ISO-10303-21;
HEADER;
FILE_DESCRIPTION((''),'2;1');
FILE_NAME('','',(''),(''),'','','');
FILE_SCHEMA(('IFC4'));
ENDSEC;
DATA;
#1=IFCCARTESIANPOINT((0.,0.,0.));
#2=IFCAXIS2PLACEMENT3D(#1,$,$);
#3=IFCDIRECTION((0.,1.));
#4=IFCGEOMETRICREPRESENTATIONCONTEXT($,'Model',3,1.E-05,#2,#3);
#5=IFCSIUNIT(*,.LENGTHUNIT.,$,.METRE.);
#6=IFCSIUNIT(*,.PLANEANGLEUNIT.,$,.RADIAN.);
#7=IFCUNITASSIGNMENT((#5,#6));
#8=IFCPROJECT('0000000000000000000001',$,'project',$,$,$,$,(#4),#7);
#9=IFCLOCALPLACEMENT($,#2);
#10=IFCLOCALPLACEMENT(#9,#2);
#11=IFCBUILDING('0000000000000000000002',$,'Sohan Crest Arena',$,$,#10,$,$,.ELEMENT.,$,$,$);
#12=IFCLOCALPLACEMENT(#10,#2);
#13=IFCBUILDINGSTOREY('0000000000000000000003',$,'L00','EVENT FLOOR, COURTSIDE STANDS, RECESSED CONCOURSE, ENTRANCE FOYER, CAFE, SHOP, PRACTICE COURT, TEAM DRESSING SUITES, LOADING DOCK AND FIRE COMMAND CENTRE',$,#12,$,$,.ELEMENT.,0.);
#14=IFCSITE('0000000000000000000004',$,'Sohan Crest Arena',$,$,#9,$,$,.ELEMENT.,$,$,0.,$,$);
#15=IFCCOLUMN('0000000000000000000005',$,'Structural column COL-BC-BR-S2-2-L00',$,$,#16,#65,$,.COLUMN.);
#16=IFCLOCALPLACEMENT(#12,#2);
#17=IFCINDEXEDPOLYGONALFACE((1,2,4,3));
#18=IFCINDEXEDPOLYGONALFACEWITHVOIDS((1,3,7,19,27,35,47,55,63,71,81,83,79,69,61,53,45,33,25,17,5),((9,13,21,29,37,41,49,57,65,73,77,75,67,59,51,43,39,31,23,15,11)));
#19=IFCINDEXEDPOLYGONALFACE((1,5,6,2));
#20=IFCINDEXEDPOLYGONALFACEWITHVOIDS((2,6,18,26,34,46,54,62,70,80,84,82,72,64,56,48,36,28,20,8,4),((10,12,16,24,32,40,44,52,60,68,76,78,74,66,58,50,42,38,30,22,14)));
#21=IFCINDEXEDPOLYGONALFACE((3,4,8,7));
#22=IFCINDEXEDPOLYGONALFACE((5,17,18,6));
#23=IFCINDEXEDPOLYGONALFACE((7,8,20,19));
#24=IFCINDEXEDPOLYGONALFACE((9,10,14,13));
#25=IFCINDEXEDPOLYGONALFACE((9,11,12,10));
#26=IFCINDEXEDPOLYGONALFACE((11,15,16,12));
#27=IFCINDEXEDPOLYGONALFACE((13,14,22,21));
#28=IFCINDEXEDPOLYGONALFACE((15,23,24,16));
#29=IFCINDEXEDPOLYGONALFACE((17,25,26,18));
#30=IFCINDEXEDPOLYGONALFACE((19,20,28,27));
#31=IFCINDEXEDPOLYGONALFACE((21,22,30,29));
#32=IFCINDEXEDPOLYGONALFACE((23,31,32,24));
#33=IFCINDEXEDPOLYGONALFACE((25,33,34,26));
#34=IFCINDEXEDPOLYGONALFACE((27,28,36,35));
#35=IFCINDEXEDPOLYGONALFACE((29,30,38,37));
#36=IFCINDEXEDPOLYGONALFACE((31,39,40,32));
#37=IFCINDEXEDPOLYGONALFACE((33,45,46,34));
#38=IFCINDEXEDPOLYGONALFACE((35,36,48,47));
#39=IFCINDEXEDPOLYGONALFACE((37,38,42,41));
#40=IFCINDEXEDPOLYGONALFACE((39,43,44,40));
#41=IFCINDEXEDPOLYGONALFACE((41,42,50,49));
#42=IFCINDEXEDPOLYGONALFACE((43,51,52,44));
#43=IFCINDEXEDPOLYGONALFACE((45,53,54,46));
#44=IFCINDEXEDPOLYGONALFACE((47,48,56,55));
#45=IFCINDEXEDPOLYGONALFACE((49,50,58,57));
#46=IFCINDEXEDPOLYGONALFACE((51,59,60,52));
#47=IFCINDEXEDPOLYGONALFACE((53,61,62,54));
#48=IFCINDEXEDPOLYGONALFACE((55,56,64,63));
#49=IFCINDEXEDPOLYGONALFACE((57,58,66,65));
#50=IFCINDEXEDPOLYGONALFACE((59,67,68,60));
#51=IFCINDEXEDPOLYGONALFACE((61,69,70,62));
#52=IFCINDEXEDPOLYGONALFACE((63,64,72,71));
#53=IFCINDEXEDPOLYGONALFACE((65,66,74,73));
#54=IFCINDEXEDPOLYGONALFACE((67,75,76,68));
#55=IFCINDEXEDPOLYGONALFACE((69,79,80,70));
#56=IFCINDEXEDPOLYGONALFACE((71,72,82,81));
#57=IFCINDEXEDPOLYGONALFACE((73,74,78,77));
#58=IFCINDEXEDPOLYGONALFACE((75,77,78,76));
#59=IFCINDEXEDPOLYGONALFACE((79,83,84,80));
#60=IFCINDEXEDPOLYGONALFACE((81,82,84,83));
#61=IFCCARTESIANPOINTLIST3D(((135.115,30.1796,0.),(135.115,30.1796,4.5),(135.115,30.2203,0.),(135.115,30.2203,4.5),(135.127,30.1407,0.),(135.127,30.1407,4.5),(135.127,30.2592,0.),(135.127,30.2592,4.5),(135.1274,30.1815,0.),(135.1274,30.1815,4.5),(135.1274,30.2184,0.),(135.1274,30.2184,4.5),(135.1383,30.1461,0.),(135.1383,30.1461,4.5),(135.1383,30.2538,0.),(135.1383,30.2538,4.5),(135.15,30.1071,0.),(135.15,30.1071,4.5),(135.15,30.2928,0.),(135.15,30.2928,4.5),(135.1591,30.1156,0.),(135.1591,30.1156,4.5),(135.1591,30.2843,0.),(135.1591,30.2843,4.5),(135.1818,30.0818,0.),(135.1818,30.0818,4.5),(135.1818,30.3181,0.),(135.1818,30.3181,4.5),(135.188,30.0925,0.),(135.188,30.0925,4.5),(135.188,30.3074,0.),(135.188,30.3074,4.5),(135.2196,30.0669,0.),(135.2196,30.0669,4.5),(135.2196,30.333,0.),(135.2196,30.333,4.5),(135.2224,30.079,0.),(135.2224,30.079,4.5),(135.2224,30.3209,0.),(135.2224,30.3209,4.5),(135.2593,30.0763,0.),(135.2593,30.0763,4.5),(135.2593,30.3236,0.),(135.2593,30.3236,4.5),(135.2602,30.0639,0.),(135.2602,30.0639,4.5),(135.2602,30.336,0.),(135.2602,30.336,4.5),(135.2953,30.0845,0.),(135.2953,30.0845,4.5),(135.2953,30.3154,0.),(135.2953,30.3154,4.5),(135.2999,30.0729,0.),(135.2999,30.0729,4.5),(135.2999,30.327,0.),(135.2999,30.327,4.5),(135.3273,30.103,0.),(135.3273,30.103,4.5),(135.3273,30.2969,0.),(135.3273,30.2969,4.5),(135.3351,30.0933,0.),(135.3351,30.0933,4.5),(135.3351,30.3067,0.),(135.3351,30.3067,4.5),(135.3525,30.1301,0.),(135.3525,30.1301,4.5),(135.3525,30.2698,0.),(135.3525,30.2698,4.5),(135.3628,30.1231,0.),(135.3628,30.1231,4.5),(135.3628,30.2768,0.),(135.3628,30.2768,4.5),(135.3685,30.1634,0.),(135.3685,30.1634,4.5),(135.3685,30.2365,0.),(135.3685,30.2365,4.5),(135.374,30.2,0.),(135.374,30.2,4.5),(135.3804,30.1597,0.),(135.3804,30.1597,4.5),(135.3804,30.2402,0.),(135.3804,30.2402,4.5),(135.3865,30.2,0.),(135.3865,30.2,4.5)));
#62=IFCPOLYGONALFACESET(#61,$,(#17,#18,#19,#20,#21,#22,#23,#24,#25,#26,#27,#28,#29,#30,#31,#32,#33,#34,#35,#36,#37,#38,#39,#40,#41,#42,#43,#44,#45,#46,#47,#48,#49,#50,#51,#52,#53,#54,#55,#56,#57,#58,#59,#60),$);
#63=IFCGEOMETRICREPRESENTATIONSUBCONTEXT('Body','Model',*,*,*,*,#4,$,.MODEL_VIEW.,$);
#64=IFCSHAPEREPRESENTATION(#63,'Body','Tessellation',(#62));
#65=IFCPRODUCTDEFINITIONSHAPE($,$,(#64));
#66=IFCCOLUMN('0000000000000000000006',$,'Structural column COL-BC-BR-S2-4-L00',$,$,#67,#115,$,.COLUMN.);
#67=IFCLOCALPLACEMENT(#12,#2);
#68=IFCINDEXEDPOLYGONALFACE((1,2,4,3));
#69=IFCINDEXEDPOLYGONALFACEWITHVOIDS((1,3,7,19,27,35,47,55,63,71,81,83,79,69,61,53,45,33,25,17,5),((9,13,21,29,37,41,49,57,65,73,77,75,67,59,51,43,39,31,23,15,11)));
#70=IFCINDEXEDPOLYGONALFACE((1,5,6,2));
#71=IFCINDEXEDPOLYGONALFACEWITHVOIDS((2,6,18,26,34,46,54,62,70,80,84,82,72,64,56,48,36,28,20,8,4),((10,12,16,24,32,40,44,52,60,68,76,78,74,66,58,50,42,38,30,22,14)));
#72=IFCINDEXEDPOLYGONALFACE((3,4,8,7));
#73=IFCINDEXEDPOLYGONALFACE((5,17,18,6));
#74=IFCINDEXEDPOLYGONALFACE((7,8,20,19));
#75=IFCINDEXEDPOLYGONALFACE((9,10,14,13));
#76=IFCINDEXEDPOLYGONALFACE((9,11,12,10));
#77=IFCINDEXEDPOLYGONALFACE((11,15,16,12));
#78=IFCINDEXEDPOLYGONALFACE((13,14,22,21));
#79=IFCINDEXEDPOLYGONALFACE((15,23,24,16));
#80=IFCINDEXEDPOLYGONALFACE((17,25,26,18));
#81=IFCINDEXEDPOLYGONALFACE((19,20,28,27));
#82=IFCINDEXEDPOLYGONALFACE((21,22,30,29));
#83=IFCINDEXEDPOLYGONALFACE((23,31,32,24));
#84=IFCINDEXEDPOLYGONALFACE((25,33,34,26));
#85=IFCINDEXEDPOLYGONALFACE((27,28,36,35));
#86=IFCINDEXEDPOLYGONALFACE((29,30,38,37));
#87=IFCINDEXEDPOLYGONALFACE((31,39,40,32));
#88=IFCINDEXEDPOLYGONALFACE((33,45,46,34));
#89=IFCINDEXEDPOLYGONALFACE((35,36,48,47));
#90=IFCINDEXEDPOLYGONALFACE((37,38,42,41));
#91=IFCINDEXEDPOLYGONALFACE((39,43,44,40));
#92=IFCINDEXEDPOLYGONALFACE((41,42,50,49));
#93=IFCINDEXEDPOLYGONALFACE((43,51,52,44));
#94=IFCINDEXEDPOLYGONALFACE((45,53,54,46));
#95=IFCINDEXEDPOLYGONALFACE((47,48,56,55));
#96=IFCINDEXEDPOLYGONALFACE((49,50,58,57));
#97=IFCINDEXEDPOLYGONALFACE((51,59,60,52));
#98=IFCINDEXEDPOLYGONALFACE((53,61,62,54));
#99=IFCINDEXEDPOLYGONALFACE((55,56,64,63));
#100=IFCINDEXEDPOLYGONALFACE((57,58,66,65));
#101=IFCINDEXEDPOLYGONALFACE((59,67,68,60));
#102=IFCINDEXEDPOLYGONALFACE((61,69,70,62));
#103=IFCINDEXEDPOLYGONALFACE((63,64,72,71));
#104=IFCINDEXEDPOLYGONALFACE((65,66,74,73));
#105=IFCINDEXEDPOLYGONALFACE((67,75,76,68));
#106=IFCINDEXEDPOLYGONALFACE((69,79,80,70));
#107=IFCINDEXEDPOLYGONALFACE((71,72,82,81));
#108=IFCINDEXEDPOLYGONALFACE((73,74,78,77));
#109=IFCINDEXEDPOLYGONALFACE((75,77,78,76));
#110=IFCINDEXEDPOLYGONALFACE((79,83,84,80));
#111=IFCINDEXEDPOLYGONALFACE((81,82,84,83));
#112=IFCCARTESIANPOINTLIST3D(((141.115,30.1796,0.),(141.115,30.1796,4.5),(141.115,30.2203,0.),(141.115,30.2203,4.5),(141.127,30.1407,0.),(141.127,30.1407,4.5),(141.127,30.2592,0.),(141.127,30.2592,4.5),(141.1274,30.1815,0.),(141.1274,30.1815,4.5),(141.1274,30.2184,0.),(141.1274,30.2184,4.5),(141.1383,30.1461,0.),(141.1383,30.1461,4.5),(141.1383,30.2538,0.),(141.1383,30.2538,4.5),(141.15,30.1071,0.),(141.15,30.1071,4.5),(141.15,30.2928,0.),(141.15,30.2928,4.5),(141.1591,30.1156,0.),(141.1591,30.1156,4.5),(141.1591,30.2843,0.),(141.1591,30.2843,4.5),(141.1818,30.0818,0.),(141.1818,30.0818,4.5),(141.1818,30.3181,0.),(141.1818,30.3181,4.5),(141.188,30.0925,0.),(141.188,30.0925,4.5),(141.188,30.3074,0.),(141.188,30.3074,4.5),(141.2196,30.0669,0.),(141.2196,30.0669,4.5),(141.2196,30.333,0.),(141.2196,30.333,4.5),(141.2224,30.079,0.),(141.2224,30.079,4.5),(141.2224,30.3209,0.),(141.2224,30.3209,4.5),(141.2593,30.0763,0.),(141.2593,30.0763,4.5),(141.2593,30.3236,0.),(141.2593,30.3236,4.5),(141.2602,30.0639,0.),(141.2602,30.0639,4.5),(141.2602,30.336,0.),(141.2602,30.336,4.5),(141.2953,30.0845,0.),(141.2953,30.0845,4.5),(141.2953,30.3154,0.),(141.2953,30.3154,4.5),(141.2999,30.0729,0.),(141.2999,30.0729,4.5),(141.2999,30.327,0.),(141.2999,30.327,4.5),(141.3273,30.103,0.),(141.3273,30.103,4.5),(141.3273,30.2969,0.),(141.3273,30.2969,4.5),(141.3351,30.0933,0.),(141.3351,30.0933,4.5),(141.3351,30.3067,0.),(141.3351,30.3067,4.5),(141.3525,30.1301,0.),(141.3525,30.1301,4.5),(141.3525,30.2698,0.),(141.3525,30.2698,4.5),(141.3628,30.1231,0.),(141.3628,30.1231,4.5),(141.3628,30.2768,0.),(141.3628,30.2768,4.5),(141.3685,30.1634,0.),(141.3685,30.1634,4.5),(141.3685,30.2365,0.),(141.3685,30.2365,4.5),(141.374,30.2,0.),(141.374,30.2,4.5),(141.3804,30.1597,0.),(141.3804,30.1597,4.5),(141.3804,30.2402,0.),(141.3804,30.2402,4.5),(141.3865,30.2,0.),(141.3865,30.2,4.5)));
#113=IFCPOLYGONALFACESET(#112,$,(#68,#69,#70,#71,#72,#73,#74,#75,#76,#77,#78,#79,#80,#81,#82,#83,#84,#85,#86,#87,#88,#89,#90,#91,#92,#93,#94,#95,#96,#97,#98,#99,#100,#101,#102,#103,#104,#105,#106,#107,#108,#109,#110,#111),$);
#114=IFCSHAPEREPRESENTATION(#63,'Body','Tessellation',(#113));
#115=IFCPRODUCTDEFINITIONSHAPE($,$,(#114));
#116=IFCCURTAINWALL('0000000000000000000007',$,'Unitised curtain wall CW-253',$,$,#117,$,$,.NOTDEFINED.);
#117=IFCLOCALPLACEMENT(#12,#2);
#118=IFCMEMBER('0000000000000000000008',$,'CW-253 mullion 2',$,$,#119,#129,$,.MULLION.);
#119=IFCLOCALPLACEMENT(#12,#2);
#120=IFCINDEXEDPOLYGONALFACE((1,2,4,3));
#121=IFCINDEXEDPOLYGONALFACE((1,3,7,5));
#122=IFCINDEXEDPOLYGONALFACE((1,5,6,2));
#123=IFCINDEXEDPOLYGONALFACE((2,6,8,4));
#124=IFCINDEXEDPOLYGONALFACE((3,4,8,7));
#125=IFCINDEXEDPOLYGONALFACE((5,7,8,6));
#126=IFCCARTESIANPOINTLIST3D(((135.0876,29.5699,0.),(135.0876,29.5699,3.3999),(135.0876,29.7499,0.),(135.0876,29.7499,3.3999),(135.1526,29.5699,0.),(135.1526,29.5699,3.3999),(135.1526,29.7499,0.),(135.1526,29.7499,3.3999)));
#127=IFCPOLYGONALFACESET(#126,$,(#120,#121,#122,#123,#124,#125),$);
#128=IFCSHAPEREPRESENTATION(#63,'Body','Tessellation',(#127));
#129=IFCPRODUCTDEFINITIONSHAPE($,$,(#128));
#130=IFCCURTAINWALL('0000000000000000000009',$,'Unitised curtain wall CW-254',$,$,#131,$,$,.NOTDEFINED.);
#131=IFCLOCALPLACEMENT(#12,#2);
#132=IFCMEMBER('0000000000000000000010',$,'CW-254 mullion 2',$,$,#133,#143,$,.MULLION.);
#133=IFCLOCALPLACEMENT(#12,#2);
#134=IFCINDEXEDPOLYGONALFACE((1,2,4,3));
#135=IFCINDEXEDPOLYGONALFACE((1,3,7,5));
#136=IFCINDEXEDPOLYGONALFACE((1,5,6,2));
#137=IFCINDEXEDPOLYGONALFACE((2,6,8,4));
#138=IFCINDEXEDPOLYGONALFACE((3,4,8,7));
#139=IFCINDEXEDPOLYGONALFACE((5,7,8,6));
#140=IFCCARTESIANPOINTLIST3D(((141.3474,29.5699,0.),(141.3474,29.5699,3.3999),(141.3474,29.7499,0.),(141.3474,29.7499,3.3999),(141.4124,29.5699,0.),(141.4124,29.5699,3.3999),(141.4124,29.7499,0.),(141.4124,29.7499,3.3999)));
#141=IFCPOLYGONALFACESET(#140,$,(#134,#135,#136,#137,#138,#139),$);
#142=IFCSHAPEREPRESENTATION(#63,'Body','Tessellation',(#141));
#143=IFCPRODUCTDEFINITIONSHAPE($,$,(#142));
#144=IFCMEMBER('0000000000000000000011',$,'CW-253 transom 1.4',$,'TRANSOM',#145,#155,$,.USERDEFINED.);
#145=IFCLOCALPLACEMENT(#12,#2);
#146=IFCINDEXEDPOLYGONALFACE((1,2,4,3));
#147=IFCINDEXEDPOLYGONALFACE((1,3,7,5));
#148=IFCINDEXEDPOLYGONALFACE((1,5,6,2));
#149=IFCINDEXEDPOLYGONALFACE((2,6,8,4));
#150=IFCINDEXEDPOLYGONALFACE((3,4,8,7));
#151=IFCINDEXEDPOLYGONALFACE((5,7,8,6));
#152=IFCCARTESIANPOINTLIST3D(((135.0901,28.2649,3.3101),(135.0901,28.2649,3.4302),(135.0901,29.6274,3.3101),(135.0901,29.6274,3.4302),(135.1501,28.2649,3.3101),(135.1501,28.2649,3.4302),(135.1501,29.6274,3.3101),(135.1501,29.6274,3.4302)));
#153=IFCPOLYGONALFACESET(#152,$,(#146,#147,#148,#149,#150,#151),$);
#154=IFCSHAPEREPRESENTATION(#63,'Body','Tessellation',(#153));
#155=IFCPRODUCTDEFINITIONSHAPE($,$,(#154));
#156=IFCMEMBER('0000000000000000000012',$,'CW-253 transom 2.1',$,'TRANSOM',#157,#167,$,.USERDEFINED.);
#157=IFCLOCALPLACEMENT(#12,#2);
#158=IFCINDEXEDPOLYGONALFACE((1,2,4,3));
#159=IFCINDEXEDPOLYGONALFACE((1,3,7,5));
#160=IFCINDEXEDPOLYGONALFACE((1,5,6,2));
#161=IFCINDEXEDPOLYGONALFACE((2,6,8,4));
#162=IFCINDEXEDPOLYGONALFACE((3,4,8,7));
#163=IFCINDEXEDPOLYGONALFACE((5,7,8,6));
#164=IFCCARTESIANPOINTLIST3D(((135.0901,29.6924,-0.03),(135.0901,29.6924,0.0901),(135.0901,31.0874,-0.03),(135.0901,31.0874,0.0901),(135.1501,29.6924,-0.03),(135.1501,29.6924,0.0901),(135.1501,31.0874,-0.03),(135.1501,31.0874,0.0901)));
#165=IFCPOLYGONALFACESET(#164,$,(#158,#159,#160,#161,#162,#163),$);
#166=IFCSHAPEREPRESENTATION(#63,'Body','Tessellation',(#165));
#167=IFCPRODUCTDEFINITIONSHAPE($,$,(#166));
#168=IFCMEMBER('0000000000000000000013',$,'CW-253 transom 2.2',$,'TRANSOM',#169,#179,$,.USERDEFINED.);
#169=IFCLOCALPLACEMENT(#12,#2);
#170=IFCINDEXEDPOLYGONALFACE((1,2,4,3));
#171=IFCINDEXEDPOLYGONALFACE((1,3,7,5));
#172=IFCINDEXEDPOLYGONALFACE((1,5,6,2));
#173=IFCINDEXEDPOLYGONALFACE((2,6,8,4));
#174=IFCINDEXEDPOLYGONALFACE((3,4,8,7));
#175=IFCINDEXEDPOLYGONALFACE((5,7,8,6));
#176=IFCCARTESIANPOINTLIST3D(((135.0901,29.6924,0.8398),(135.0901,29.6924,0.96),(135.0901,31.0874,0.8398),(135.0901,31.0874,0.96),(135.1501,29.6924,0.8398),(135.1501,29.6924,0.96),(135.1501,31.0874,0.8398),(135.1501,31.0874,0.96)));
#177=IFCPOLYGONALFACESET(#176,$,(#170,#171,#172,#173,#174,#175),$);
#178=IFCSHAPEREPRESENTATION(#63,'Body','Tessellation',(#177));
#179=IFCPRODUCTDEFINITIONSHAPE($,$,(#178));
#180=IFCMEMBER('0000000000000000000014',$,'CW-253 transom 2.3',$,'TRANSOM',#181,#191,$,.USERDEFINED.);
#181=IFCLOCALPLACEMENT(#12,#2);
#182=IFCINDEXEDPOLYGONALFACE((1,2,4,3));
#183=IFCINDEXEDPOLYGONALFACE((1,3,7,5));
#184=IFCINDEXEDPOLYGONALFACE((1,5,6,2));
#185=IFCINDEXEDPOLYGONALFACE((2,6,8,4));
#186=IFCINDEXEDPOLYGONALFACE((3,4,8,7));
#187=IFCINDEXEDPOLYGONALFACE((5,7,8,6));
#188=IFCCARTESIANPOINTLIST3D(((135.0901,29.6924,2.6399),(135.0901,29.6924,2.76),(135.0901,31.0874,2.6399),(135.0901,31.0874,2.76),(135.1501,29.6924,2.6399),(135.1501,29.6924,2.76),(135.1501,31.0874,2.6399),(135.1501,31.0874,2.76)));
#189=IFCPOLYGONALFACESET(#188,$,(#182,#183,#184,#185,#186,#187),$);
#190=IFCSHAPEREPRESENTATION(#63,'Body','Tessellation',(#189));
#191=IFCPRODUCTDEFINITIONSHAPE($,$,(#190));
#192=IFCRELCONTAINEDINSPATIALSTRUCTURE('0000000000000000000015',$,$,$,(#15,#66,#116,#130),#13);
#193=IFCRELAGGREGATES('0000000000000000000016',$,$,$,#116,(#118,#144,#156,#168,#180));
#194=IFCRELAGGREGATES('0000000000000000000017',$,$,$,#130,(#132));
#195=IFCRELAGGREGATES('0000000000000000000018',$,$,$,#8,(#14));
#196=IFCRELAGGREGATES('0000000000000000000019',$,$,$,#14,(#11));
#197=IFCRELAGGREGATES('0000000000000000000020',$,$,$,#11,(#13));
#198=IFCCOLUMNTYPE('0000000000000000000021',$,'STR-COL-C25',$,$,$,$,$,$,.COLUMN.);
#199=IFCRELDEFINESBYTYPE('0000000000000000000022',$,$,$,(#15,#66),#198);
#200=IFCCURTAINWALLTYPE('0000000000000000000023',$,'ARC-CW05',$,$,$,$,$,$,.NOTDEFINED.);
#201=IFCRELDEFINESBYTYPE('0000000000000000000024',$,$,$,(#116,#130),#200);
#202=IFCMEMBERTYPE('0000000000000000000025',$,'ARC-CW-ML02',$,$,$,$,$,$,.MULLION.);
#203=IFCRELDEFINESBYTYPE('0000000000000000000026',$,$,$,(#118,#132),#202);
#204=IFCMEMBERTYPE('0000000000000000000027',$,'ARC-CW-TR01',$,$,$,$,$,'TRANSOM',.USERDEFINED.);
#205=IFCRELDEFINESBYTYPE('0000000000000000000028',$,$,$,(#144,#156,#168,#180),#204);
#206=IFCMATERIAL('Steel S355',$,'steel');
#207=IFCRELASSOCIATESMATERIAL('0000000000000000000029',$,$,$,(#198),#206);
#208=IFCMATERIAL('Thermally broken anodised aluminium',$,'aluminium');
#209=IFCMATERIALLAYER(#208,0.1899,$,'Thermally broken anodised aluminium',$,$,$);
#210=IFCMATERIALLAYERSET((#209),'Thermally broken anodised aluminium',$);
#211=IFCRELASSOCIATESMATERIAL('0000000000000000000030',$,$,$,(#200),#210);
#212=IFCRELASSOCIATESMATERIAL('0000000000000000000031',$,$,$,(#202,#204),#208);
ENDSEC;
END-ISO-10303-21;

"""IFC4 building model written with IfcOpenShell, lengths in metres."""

from ifc_helpers import new_model, si_unit, direction, frame, origin, origin_2d, place, context, subcontext, project, spatial, rectangle, hollow_circle, extrude, material, layer, layer_set, material_profile, profile_set, type_object, element, aggregate, save


model = new_model("IFC4")

# Units and contexts
model_context = context("Model", 3, precision=1e-05, world=origin(), true_north=direction((0.0, 1.0)))
body_context = subcontext(model_context, "Body", "Model", "MODEL_VIEW")
ifc_project = project(units=[si_unit("LENGTHUNIT", "METRE"), si_unit("PLANEANGLEUNIT", "RADIAN")], contexts=[model_context])

# Site, building, storey
site_placement = place(None, origin())
site = spatial("IfcSite", under=ifc_project, at=site_placement, Name="Sohan Crest Arena", CompositionType="ELEMENT", RefElevation=0.0)
building_placement = place(site_placement, origin())
building = spatial("IfcBuilding", under=site, at=building_placement, Name="Sohan Crest Arena", CompositionType="ELEMENT")
storey_placement = place(building_placement, origin())
storey = spatial("IfcBuildingStorey", under=building, at=storey_placement, Name="L00", Description="EVENT FLOOR, COURTSIDE STANDS, RECESSED CONCOURSE, ENTRANCE FOYER, CAFE, SHOP, PRACTICE COURT, TEAM DRESSING SUITES, LOADING DOCK AND FIRE COMMAND CENTRE", CompositionType="ELEMENT", Elevation=0.0)

# Columns
ifc_material_1 = material(Name="Steel S355", Category="steel")
ifc_material_profile_1 = material_profile(ifc_material_1, hollow_circle(Radius=0.1365, WallThickness=0.0125, at=origin_2d()), Name="CHS 273x12.5")
ifc_profile_set_1 = profile_set([ifc_material_profile_1], Name="Steel S355")
column_type = type_object("IfcColumnType", Name="STR-COL-C25", PredefinedType="COLUMN", material=ifc_profile_set_1)
for number, where, z_axis, x_axis, name in (
    (1, (135.25, 30.2, 0.0), (0.0, 0.0, 1.0), (1.0, 0.0, 0.0), "Structural column COL-BC-BR-S2-2-L00"),
    (2, (141.25, 30.2, 0.0), (0.0, 0.0, 1.0), (1.0, 0.0, 0.0), "Structural column COL-BC-BR-S2-4-L00"),
):
    element("IfcColumn", number, at=place(storey_placement, frame(where, z_axis=z_axis, x_axis=x_axis)), inside=storey, type_object=column_type, Name=name, PredefinedType="COLUMN", context=body_context, shape_type="SweptSolid", body=[
        extrude(hollow_circle(Radius=0.1365, WallThickness=0.0125, at=origin_2d()), origin(), (0.0, 0.0, 1.0), 4.5),
    ])

# Curtain walls, members
ifc_material_2 = material(Name="Thermally broken anodised aluminium", Category="aluminium")
ifc_layer_1 = layer(ifc_material_2, 0.1899, Name="Thermally broken anodised aluminium")
ifc_layer_set_1 = layer_set([ifc_layer_1], Name="Thermally broken anodised aluminium")
curtain_wall_type = type_object("IfcCurtainWallType", Name="ARC-CW05", PredefinedType="NOTDEFINED", material=ifc_layer_set_1)
curtain_wall_1_placement = place(storey_placement, origin())
curtain_wall_1 = element("IfcCurtainWall", 3, at=curtain_wall_1_placement, inside=storey, type_object=curtain_wall_type, Name="Unitised curtain wall CW-253", PredefinedType="NOTDEFINED")
ifc_material_profile_2 = material_profile(ifc_material_2, rectangle(XDim=0.0649, YDim=0.1799, at=origin_2d()), Name="ALU-MULL 65x180")
ifc_profile_set_2 = profile_set([ifc_material_profile_2], Name="Thermally broken anodised aluminium")
member_type_1 = type_object("IfcMemberType", Name="ARC-CW-ML02", PredefinedType="MULLION", material=ifc_profile_set_2)
member_1_placement = place(storey_placement, frame((135.1201, 29.6599, 0.0), z_axis=(0.0, 0.0, 1.0), x_axis=(-1.0, 0.0, 0.0)))
member_1 = element("IfcMember", 4, at=member_1_placement, type_object=member_type_1, Name="CW-253 mullion 2", PredefinedType="MULLION", context=body_context, shape_type="SweptSolid", body=[
    extrude(rectangle(XDim=0.0649, YDim=0.1799, at=origin_2d()), origin(), (0.0, 0.0, 1.0), 3.3999),
])
curtain_wall_2_placement = place(storey_placement, origin())
curtain_wall_2 = element("IfcCurtainWall", 5, at=curtain_wall_2_placement, inside=storey, type_object=curtain_wall_type, Name="Unitised curtain wall CW-254", PredefinedType="NOTDEFINED")
member_2_placement = place(storey_placement, frame((141.3799, 29.6599, 0.0), z_axis=(0.0, 0.0, 1.0), x_axis=(-1.0, 0.0, 0.0)))
member_2 = element("IfcMember", 6, at=member_2_placement, type_object=member_type_1, Name="CW-254 mullion 2", PredefinedType="MULLION", context=body_context, shape_type="SweptSolid", body=[
    extrude(rectangle(XDim=0.0649, YDim=0.1799, at=origin_2d()), origin(), (0.0, 0.0, 1.0), 3.3999),
])

# Members
ifc_material_profile_3 = material_profile(ifc_material_2, rectangle(XDim=0.0601, YDim=0.1201, at=origin_2d()), Name="ALU-TRAN 60x120")
ifc_profile_set_3 = profile_set([ifc_material_profile_3], Name="Thermally broken anodised aluminium")
member_type_2 = type_object("IfcMemberType", Name="ARC-CW-TR01", ElementType="TRANSOM", PredefinedType="USERDEFINED", material=ifc_profile_set_3)
member_3_placement = place(storey_placement, frame((135.1201, 28.2649, 3.3701), z_axis=(0.0, 1.0, 0.0), x_axis=(-1.0, 0.0, 0.0)))
member_3 = element("IfcMember", 7, at=member_3_placement, type_object=member_type_2, Name="CW-253 transom 1.4", ObjectType="TRANSOM", PredefinedType="USERDEFINED", context=body_context, shape_type="SweptSolid", body=[
    extrude(rectangle(XDim=0.0601, YDim=0.1201, at=origin_2d()), origin(), (0.0, 0.0, 1.0), 1.3625),
])
member_4_placement = place(storey_placement, frame((135.1201, 29.6924, 0.03), z_axis=(0.0, 1.0, 0.0), x_axis=(-1.0, 0.0, 0.0)))
member_4 = element("IfcMember", 8, at=member_4_placement, type_object=member_type_2, Name="CW-253 transom 2.1", ObjectType="TRANSOM", PredefinedType="USERDEFINED", context=body_context, shape_type="SweptSolid", body=[
    extrude(rectangle(XDim=0.0601, YDim=0.1201, at=origin_2d()), origin(), (0.0, 0.0, 1.0), 1.395),
])
member_5_placement = place(storey_placement, frame((135.1201, 29.6924, 0.8999), z_axis=(0.0, 1.0, 0.0), x_axis=(-1.0, 0.0, 0.0)))
member_5 = element("IfcMember", 9, at=member_5_placement, type_object=member_type_2, Name="CW-253 transom 2.2", ObjectType="TRANSOM", PredefinedType="USERDEFINED", context=body_context, shape_type="SweptSolid", body=[
    extrude(rectangle(XDim=0.0601, YDim=0.1201, at=origin_2d()), origin(), (0.0, 0.0, 1.0), 1.395),
])
member_6_placement = place(storey_placement, frame((135.1201, 29.6924, 2.7), z_axis=(0.0, 1.0, 0.0), x_axis=(-1.0, 0.0, 0.0)))
member_6 = element("IfcMember", 10, at=member_6_placement, type_object=member_type_2, Name="CW-253 transom 2.3", ObjectType="TRANSOM", PredefinedType="USERDEFINED", context=body_context, shape_type="SweptSolid", body=[
    extrude(rectangle(XDim=0.0601, YDim=0.1201, at=origin_2d()), origin(), (0.0, 0.0, 1.0), 1.395),
])

aggregate(curtain_wall_1, [member_1, member_3, member_4, member_5, member_6])
aggregate(curtain_wall_2, [member_2])

save(model, "model.ifc")
